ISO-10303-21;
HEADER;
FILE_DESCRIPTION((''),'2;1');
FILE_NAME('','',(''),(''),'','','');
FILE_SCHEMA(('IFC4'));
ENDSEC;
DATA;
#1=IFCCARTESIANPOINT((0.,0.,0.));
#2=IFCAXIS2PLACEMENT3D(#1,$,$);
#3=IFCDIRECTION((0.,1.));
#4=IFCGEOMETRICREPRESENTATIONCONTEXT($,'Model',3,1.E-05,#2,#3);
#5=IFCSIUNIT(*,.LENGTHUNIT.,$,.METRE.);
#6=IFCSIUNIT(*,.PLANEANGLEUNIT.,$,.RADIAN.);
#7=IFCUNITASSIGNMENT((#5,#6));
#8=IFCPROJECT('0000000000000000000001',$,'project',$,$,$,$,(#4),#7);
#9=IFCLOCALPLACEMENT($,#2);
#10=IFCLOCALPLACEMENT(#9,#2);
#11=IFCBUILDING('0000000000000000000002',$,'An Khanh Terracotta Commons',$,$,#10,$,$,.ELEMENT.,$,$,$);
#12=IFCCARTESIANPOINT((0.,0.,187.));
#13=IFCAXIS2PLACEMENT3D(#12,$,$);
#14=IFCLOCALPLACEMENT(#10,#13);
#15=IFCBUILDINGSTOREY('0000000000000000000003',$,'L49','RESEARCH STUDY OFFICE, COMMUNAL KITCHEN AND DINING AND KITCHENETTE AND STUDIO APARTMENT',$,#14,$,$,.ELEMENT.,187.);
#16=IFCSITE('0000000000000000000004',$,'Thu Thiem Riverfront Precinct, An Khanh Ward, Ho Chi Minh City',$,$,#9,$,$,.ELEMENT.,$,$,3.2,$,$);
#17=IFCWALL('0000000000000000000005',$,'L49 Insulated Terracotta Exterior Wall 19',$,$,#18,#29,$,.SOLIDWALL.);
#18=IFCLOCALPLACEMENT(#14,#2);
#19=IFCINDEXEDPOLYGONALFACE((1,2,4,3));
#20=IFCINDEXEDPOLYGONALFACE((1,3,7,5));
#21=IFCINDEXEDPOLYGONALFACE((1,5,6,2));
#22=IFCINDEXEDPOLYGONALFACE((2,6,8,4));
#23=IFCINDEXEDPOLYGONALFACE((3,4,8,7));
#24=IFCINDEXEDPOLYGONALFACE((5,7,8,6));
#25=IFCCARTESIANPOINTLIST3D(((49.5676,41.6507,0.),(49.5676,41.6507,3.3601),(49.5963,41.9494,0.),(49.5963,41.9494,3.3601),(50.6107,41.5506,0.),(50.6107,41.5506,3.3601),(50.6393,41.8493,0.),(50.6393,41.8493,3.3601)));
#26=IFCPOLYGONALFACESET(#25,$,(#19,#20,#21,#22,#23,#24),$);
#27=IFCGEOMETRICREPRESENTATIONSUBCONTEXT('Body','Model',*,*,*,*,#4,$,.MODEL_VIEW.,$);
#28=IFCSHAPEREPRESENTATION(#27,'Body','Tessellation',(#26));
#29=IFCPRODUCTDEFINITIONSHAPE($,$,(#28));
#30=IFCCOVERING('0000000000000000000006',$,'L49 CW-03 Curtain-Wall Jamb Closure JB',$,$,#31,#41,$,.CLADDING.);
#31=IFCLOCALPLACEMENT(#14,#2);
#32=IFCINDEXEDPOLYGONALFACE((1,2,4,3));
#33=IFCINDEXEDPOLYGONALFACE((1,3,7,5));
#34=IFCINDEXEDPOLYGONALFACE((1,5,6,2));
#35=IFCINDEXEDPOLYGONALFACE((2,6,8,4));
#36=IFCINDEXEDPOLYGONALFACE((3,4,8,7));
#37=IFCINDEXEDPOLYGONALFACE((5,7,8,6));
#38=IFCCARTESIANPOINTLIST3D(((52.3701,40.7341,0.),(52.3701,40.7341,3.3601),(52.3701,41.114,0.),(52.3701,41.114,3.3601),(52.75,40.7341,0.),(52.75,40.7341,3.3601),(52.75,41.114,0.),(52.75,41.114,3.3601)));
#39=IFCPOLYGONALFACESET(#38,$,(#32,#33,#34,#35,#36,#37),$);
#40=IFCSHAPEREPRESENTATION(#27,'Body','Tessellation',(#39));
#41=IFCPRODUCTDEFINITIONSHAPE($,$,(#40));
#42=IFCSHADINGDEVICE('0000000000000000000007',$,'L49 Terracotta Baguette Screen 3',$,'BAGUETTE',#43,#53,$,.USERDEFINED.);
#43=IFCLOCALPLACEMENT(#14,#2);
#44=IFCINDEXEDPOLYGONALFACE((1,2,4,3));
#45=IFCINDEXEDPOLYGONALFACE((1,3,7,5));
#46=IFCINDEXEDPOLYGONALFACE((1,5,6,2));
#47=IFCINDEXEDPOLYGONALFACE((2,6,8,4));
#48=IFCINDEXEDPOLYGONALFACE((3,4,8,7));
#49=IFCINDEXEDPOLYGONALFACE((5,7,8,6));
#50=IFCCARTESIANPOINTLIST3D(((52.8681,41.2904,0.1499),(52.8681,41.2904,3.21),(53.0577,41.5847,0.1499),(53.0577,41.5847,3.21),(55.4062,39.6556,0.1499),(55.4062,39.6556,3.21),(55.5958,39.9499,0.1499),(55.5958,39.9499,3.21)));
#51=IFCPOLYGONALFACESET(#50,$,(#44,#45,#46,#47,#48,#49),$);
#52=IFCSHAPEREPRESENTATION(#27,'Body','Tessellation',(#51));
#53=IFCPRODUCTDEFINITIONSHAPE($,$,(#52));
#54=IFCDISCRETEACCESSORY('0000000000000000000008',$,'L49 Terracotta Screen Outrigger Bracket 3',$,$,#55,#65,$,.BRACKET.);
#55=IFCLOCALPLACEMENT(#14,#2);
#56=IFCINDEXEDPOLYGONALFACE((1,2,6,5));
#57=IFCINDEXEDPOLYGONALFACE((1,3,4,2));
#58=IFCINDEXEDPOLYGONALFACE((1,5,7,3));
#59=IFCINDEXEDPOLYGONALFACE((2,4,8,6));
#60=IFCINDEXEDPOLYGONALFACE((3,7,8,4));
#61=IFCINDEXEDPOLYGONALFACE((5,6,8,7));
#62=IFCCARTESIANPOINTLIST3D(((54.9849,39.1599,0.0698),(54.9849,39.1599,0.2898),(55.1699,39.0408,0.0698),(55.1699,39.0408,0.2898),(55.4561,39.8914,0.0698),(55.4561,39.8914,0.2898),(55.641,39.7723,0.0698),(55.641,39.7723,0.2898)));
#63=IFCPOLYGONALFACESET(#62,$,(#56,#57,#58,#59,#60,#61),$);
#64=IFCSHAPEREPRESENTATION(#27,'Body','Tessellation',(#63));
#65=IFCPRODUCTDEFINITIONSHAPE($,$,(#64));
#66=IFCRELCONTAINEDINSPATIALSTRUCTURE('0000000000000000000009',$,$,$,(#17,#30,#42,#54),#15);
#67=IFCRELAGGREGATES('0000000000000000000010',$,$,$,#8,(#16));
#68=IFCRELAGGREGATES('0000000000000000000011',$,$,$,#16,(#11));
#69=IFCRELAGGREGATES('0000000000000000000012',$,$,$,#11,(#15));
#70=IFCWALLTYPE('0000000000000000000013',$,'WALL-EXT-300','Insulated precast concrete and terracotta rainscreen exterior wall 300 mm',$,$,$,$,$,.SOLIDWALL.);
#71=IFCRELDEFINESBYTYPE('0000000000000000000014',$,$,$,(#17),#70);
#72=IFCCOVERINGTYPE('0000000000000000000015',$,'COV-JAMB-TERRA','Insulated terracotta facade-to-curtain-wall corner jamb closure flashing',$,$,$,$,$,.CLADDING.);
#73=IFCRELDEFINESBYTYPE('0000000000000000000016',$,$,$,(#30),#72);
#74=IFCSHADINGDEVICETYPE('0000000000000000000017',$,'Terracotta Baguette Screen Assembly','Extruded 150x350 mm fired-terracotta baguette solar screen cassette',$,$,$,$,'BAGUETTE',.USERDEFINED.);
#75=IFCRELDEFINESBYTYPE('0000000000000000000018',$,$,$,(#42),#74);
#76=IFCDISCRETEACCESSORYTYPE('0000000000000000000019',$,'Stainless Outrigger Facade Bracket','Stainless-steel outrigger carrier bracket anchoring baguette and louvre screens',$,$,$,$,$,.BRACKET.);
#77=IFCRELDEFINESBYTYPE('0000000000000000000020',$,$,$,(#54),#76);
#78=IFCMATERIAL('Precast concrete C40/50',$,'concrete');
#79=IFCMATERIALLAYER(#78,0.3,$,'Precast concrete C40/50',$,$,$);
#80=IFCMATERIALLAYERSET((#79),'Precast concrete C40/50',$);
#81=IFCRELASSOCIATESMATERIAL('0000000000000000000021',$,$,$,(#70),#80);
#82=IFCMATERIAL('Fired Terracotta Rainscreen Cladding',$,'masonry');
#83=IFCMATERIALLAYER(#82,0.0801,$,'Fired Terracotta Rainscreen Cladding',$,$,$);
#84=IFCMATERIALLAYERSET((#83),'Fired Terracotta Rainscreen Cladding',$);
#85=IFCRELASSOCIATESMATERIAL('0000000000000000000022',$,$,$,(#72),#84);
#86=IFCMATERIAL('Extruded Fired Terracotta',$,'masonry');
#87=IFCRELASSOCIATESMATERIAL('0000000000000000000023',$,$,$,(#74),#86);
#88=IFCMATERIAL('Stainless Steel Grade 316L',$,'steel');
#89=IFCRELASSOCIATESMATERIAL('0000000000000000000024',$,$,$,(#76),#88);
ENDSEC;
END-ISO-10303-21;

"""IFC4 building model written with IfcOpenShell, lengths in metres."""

from ifc_helpers import new_model, si_unit, direction, frame, frame_2d, origin, origin_2d, place, context, subcontext, project, spatial, rectangle, extrude, material, layer, layer_set, type_object, element, save


model = new_model("IFC4")

# Units and contexts
model_context = context("Model", 3, precision=1e-05, world=origin(), true_north=direction((0.0, 1.0)))
body_context = subcontext(model_context, "Body", "Model", "MODEL_VIEW")
ifc_project = project(units=[si_unit("LENGTHUNIT", "METRE"), si_unit("PLANEANGLEUNIT", "RADIAN")], contexts=[model_context])

# Site, building, storey
site_placement = place(None, origin())
site = spatial("IfcSite", under=ifc_project, at=site_placement, Name="Thu Thiem Riverfront Precinct, An Khanh Ward, Ho Chi Minh City", CompositionType="ELEMENT", RefElevation=3.2)
building_placement = place(site_placement, origin())
building = spatial("IfcBuilding", under=site, at=building_placement, Name="An Khanh Terracotta Commons", CompositionType="ELEMENT")
storey_placement = place(building_placement, frame((0.0, 0.0, 187.0)))
storey = spatial("IfcBuildingStorey", under=building, at=storey_placement, Name="L49", Description="RESEARCH STUDY OFFICE, COMMUNAL KITCHEN AND DINING AND KITCHENETTE AND STUDIO APARTMENT", CompositionType="ELEMENT", Elevation=187.0)

# Wall
ifc_material_1 = material(Name="Precast concrete C40/50", Category="concrete")
ifc_layer_1 = layer(ifc_material_1, 0.3, Name="Precast concrete C40/50")
ifc_layer_set_1 = layer_set([ifc_layer_1], Name="Precast concrete C40/50")
wall_type_1 = type_object("IfcWallType", Name="WALL-EXT-300", Description="Insulated precast concrete and terracotta rainscreen exterior wall 300 mm", PredefinedType="SOLIDWALL", material=ifc_layer_set_1)
wall_1_placement = place(storey_placement, frame((50.625, 41.7, 0.0), z_axis=(0.0, 0.0, 1.0), x_axis=(-0.995426, 0.095535, 0.0)))
element("IfcWall", 1, at=wall_1_placement, inside=storey, type_object=wall_type_1, Name="L49 Insulated Terracotta Exterior Wall 19", PredefinedType="SOLIDWALL", context=body_context, shape_type="SweptSolid", body=[
    extrude(rectangle(XDim=1.0479, YDim=0.3, at=frame_2d((0.5239, 0.0))), origin(), (0.0, 0.0, 1.0), 3.3601),
])

# Covering
ifc_material_2 = material(Name="Fired Terracotta Rainscreen Cladding", Category="masonry")
ifc_layer_2 = layer(ifc_material_2, 0.0801, Name="Fired Terracotta Rainscreen Cladding")
ifc_layer_set_2 = layer_set([ifc_layer_2], Name="Fired Terracotta Rainscreen Cladding")
covering_type = type_object("IfcCoveringType", Name="COV-JAMB-TERRA", Description="Insulated terracotta facade-to-curtain-wall corner jamb closure flashing", PredefinedType="CLADDING", material=ifc_layer_set_2)
covering_placement = place(storey_placement, frame((52.5601, 40.9241, 0.0), z_axis=(0.0, 0.0, 1.0), x_axis=(1.0, 0.0, 0.0)))
element("IfcCovering", 2, at=covering_placement, inside=storey, type_object=covering_type, Name="L49 CW-03 Curtain-Wall Jamb Closure JB", PredefinedType="CLADDING", context=body_context, shape_type="SweptSolid", body=[
    extrude(rectangle(XDim=0.3799, YDim=0.3799, at=origin_2d()), origin(), (0.0, 0.0, 1.0), 3.3601),
])

# Shading device
ifc_material_3 = material(Name="Extruded Fired Terracotta", Category="masonry")
shading_device_type = type_object("IfcShadingDeviceType", Name="Terracotta Baguette Screen Assembly", Description="Extruded 150x350 mm fired-terracotta baguette solar screen cassette", ElementType="BAGUETTE", PredefinedType="USERDEFINED", material=ifc_material_3)
shading_device_placement = place(storey_placement, frame((54.2319, 40.6201, 0.1499), z_axis=(0.0, 0.0, 1.0), x_axis=(-0.840702, 0.541498, 0.0)))
element("IfcShadingDevice", 3, at=shading_device_placement, inside=storey, type_object=shading_device_type, Name="L49 Terracotta Baguette Screen 3", ObjectType="BAGUETTE", PredefinedType="USERDEFINED", context=body_context, shape_type="SweptSolid", body=[
    extrude(rectangle(XDim=3.019, YDim=0.3501, at=origin_2d()), origin(), (0.0, 0.0, 1.0), 3.0601),
])

# Discrete accessory
ifc_material_4 = material(Name="Stainless Steel Grade 316L", Category="steel")
discrete_accessory_type = type_object("IfcDiscreteAccessoryType", Name="Stainless Outrigger Facade Bracket", Description="Stainless-steel outrigger carrier bracket anchoring baguette and louvre screens", PredefinedType="BRACKET", material=ifc_material_4)
discrete_accessory_placement = place(storey_placement, frame((55.313, 39.4661, 0.0698), z_axis=(0.0, 0.0, 1.0), x_axis=(-0.840702, 0.541498, 0.0)))
element("IfcDiscreteAccessory", 4, at=discrete_accessory_placement, inside=storey, type_object=discrete_accessory_type, Name="L49 Terracotta Screen Outrigger Bracket 3", PredefinedType="BRACKET", context=body_context, shape_type="SweptSolid", body=[
    extrude(rectangle(XDim=0.22, YDim=0.8701, at=origin_2d()), origin(), (0.0, 0.0, 1.0), 0.22),
])

save(model, "model.ifc")
